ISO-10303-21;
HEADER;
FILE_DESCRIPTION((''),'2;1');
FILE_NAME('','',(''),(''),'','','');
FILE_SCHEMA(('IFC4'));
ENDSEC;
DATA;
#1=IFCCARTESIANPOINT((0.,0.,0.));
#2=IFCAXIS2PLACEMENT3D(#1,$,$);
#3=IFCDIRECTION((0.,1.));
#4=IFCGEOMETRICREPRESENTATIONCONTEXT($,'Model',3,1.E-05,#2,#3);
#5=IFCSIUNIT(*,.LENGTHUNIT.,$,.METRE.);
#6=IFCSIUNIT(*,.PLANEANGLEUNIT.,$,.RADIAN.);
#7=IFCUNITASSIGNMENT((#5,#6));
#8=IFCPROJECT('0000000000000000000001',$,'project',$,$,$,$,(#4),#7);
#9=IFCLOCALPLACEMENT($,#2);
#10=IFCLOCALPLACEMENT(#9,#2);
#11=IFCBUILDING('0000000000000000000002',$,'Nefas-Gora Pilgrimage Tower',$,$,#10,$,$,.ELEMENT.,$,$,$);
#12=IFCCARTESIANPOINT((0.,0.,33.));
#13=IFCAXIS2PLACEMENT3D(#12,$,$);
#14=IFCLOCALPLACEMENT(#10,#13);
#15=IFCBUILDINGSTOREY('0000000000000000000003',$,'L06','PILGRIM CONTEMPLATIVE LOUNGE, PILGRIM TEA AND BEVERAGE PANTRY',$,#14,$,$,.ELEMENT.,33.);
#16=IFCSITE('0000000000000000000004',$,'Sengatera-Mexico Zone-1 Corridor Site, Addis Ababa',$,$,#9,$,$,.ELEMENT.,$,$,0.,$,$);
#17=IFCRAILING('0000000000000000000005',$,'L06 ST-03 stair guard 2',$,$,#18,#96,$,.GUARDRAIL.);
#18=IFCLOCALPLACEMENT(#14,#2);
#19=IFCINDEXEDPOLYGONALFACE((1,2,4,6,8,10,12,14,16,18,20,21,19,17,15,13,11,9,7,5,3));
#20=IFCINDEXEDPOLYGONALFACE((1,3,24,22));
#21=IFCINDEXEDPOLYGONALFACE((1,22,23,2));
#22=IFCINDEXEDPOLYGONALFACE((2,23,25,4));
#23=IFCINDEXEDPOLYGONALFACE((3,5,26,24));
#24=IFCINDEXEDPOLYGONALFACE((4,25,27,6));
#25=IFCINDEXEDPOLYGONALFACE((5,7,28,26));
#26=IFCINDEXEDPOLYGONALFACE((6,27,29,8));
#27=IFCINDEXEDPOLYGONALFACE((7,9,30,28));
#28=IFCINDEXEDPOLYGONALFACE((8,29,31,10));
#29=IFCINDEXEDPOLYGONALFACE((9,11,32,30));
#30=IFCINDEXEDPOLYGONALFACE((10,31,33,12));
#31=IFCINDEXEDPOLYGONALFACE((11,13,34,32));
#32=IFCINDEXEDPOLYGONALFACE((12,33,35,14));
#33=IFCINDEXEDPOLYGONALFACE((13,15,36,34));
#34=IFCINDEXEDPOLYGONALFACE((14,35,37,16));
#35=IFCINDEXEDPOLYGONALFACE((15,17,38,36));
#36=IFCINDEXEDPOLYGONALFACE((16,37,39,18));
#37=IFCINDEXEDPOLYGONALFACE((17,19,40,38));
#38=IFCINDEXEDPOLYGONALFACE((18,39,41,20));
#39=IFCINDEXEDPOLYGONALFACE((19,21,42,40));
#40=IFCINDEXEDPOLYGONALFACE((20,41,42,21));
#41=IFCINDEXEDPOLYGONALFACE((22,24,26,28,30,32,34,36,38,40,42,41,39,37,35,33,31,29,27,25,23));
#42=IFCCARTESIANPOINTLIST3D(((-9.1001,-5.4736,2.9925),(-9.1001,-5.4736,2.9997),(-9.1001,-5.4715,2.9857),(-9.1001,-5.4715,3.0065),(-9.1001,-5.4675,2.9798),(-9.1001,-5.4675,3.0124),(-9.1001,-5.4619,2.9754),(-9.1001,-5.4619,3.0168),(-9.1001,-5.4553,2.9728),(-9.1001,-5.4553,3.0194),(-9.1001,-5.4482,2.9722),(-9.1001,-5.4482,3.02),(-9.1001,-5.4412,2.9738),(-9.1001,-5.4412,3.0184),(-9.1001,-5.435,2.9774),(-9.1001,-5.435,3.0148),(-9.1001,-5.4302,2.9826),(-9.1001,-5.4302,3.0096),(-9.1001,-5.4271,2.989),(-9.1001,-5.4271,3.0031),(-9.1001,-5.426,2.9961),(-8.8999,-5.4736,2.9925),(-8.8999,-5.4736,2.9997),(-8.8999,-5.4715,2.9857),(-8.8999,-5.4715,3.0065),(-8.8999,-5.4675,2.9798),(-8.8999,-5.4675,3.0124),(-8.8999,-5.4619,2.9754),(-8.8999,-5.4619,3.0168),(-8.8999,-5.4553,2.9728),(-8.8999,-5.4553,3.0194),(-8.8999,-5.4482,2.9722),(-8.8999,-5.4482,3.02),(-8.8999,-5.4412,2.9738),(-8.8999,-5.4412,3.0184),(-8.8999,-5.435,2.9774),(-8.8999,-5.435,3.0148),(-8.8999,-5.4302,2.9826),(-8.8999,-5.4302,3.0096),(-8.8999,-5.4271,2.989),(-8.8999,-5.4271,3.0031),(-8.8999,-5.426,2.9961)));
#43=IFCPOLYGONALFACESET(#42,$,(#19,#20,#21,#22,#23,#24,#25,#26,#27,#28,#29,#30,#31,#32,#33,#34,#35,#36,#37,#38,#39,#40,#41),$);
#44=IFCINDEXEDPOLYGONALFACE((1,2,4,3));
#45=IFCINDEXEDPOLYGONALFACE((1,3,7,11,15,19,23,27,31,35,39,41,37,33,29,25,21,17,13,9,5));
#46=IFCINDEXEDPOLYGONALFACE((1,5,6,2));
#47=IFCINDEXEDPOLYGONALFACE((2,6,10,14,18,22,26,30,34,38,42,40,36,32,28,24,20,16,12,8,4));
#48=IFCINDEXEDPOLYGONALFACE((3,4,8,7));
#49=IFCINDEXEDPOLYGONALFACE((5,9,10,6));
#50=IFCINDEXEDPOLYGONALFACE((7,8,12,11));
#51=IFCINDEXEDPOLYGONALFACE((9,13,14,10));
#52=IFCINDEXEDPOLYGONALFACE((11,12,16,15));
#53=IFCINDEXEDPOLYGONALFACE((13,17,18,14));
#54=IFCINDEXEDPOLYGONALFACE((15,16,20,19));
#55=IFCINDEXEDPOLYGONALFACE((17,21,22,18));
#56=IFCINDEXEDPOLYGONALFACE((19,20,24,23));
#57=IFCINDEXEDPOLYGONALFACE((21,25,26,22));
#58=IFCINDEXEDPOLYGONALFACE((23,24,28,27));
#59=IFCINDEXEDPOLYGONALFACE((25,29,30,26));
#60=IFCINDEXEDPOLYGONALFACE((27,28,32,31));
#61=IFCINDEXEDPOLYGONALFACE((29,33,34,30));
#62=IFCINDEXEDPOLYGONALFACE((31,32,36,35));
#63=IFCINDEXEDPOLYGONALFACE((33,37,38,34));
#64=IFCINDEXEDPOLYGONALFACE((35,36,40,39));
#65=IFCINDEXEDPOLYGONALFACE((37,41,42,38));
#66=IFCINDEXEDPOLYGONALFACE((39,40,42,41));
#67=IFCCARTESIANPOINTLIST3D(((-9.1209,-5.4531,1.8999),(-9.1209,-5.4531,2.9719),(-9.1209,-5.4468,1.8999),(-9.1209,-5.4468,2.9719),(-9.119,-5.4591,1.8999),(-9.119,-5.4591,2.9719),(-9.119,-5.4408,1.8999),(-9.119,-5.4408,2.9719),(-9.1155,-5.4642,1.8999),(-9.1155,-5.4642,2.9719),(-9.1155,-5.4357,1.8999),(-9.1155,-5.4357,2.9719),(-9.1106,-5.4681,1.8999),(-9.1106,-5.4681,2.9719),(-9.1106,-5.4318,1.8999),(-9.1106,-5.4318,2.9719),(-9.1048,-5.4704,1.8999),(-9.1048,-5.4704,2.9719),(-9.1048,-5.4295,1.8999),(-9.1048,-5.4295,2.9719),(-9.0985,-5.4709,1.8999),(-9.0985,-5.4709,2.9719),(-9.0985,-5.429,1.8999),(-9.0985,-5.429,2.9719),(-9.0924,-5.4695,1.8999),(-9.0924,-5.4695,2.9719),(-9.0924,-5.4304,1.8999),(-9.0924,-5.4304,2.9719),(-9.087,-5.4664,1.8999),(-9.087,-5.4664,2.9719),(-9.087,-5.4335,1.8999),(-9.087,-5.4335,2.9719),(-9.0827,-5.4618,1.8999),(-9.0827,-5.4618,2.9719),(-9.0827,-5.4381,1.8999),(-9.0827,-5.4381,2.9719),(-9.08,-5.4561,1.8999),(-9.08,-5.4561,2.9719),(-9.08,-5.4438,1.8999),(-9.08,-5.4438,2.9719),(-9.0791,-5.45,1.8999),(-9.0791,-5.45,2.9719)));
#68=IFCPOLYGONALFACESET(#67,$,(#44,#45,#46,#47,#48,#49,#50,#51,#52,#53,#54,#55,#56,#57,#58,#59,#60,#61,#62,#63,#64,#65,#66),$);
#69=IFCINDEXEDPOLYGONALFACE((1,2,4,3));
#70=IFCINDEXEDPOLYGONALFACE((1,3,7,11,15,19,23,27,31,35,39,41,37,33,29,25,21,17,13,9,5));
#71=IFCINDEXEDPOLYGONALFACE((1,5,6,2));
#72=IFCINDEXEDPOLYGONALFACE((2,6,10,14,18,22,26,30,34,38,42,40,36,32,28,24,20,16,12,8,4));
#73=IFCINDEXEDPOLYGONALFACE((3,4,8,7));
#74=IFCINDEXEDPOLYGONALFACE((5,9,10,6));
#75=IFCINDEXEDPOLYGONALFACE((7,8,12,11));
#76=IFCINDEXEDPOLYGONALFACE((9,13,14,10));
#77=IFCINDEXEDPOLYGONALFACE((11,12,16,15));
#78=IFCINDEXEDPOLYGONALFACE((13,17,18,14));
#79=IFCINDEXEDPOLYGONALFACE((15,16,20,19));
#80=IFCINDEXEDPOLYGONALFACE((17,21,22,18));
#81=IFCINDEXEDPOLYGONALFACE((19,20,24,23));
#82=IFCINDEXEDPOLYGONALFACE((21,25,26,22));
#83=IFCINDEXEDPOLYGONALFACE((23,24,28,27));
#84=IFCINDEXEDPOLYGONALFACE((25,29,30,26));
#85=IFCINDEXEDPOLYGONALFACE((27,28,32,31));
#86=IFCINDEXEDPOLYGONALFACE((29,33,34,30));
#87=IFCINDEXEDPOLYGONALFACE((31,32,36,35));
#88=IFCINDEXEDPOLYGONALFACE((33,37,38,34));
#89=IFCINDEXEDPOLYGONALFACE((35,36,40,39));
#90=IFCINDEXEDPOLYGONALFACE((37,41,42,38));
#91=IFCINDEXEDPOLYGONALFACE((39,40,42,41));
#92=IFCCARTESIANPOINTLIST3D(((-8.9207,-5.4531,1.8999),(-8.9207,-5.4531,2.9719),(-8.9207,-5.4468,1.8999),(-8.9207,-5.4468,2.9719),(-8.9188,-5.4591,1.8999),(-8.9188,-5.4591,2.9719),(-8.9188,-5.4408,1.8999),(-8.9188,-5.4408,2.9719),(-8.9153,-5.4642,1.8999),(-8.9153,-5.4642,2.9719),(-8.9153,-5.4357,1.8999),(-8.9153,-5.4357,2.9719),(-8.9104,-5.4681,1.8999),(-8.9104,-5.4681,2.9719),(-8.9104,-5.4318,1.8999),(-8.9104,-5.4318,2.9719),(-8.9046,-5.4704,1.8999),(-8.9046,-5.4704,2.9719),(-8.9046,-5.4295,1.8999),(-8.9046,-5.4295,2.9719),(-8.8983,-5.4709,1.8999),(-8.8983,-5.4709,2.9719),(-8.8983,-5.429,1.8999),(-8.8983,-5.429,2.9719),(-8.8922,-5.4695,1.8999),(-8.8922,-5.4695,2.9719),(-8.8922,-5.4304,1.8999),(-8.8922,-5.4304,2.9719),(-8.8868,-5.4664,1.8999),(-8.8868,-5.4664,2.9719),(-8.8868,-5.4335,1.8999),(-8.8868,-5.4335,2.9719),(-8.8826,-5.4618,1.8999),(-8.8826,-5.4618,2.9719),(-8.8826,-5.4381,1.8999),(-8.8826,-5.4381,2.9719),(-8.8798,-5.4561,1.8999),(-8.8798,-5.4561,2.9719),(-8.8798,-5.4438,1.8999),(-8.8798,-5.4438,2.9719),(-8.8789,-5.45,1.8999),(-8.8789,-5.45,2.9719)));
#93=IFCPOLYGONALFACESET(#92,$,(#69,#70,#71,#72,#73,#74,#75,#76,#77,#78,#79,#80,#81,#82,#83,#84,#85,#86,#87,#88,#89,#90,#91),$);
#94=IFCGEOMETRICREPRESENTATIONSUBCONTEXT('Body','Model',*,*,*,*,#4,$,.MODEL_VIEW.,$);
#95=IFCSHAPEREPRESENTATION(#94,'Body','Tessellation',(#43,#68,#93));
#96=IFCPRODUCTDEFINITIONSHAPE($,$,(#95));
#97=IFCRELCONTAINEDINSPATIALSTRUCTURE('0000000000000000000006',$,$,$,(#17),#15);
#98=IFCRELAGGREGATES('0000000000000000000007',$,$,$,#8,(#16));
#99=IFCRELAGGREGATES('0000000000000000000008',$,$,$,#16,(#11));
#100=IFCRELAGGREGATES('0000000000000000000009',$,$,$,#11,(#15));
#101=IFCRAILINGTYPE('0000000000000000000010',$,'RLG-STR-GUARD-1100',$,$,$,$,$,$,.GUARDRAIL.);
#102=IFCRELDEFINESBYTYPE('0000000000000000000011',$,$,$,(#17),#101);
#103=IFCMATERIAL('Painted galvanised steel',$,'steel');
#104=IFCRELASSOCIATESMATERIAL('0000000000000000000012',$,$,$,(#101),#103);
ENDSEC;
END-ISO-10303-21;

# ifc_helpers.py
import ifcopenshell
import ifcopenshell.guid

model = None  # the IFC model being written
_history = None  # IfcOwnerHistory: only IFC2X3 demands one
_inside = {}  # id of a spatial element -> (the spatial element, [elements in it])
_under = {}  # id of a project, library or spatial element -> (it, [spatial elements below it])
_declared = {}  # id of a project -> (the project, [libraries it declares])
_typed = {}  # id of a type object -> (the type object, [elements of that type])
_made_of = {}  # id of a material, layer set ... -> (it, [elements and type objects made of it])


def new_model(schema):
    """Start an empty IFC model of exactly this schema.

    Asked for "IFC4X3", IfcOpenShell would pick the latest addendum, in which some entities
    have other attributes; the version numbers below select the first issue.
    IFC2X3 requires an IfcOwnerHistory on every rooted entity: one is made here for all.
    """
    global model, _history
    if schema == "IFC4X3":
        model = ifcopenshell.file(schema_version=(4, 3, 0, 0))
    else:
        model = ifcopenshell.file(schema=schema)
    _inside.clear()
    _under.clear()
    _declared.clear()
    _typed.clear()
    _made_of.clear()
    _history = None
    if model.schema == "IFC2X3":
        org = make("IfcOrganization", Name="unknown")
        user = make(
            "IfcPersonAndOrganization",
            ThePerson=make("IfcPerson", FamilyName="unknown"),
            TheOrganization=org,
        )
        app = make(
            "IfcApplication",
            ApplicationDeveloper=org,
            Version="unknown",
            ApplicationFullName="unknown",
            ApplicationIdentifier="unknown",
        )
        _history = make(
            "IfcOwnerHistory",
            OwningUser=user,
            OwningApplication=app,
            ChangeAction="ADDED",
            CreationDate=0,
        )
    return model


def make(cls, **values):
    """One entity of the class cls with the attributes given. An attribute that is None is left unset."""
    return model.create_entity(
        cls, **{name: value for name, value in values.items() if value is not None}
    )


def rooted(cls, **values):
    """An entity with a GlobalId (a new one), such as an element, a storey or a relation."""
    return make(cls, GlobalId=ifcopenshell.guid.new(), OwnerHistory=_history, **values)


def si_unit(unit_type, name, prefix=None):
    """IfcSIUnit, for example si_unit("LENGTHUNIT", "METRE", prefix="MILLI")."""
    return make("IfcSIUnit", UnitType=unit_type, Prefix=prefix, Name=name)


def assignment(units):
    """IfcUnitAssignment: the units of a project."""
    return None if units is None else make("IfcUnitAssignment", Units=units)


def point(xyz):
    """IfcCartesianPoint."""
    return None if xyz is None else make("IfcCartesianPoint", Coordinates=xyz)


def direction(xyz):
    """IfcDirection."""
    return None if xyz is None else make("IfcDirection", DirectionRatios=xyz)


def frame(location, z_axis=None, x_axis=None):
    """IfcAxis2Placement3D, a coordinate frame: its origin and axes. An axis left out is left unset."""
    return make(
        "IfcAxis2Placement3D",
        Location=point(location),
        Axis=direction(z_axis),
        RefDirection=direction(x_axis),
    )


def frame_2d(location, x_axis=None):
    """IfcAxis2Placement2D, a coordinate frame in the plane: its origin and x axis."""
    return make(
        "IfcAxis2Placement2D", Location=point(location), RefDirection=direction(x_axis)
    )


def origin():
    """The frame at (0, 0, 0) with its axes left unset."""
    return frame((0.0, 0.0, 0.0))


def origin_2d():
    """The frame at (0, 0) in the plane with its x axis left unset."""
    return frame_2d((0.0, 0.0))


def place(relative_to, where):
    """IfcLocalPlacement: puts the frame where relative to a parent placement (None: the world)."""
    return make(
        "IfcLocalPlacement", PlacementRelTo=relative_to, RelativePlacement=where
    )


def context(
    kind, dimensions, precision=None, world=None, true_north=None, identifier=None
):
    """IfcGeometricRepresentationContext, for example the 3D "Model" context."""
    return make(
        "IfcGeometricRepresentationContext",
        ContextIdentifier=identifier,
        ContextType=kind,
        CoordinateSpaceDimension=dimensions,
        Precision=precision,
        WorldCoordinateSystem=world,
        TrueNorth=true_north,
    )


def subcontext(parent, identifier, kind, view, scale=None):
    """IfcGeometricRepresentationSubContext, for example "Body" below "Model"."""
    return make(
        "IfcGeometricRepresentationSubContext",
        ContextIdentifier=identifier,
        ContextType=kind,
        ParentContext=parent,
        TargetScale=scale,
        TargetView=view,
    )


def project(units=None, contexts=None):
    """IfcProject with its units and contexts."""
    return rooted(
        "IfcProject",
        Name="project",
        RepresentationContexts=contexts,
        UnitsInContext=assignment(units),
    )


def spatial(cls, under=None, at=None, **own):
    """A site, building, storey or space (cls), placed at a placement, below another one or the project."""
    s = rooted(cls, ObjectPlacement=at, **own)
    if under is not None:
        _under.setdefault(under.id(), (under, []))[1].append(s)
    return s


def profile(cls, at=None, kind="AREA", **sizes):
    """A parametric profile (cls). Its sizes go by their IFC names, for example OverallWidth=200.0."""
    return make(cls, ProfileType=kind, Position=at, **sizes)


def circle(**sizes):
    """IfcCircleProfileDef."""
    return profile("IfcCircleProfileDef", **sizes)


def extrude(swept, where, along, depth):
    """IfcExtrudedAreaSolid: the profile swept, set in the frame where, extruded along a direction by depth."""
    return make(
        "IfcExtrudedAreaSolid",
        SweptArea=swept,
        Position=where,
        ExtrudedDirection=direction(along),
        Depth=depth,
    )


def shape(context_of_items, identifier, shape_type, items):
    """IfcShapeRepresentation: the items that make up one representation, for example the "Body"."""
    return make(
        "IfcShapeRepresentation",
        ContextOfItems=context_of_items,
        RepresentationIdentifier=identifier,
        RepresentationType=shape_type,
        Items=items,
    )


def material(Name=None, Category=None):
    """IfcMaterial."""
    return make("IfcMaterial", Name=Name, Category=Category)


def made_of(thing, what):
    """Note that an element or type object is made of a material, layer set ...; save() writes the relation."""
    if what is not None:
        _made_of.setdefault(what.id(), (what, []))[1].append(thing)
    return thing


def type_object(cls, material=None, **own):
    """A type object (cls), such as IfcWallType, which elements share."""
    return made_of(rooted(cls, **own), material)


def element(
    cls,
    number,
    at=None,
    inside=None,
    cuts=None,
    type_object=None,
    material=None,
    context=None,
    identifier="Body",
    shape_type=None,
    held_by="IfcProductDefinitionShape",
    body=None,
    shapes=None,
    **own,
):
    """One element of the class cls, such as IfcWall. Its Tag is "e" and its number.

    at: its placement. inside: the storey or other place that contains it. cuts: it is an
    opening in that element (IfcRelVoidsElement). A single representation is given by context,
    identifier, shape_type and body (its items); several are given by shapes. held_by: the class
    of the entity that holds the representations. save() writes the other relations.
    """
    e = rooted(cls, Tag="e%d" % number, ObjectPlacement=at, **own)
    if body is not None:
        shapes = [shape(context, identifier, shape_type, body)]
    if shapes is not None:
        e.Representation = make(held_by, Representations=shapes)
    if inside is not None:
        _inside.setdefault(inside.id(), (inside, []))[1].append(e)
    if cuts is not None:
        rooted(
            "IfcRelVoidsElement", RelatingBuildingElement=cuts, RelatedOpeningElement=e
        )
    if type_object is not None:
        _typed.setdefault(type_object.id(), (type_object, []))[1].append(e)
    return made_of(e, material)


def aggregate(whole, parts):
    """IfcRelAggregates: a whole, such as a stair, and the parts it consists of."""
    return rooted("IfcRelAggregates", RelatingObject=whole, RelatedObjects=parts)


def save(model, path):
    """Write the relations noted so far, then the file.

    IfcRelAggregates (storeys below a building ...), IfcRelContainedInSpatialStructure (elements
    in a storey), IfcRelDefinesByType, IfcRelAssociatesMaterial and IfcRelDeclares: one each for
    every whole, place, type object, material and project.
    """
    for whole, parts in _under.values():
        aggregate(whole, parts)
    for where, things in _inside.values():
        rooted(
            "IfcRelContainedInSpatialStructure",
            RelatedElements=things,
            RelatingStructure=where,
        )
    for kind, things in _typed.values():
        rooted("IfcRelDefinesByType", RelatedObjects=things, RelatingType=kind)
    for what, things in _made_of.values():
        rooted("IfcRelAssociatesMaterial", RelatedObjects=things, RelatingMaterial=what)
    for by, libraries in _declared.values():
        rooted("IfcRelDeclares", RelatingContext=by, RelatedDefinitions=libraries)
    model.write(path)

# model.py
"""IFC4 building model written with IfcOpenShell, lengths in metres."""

from ifc_helpers import new_model, si_unit, direction, frame, origin, origin_2d, place, context, subcontext, project, spatial, circle, extrude, material, type_object, element, save


model = new_model("IFC4")

# Units and contexts
model_context = context("Model", 3, precision=1e-05, world=origin(), true_north=direction((0.0, 1.0)))
body_context = subcontext(model_context, "Body", "Model", "MODEL_VIEW")
ifc_project = project(units=[si_unit("LENGTHUNIT", "METRE"), si_unit("PLANEANGLEUNIT", "RADIAN")], contexts=[model_context])

# Site, building, storey
site_placement = place(None, origin())
site = spatial("IfcSite", under=ifc_project, at=site_placement, Name="Sengatera-Mexico Zone-1 Corridor Site, Addis Ababa", CompositionType="ELEMENT", RefElevation=0.0)
building_placement = place(site_placement, origin())
building = spatial("IfcBuilding", under=site, at=building_placement, Name="Nefas-Gora Pilgrimage Tower", CompositionType="ELEMENT")
storey_placement = place(building_placement, frame((0.0, 0.0, 33.0)))
storey = spatial("IfcBuildingStorey", under=building, at=storey_placement, Name="L06", Description="PILGRIM CONTEMPLATIVE LOUNGE, PILGRIM TEA AND BEVERAGE PANTRY", CompositionType="ELEMENT", Elevation=33.0)

# Railing
ifc_material_1 = material(Name="Painted galvanised steel", Category="steel")
railing_type_1 = type_object("IfcRailingType", Name="RLG-STR-GUARD-1100", PredefinedType="GUARDRAIL", material=ifc_material_1)
railing_1_placement = place(storey_placement, frame((-9.1001, -5.45, 1.8999)))
element("IfcRailing", 1, at=railing_1_placement, inside=storey, type_object=railing_type_1, Name="L06 ST-03 stair guard 2", PredefinedType="GUARDRAIL", context=body_context, shape_type="SweptSolid", body=[
    extrude(circle(Radius=0.0239, at=origin_2d()), frame((0.0, 0.0, 1.0962), z_axis=(1.0, 0.0, 0.0), x_axis=(0.0, 1.0, 0.0)), (0.0, 0.0, 1.0), 0.2002),
    extrude(circle(Radius=0.021, at=origin_2d()), origin(), (0.0, 0.0, 1.0), 1.072),
    extrude(circle(Radius=0.021, at=origin_2d()), frame((0.2002, 0.0, 0.0)), (0.0, 0.0, 1.0), 1.072),
])

save(model, "model.ifc")
